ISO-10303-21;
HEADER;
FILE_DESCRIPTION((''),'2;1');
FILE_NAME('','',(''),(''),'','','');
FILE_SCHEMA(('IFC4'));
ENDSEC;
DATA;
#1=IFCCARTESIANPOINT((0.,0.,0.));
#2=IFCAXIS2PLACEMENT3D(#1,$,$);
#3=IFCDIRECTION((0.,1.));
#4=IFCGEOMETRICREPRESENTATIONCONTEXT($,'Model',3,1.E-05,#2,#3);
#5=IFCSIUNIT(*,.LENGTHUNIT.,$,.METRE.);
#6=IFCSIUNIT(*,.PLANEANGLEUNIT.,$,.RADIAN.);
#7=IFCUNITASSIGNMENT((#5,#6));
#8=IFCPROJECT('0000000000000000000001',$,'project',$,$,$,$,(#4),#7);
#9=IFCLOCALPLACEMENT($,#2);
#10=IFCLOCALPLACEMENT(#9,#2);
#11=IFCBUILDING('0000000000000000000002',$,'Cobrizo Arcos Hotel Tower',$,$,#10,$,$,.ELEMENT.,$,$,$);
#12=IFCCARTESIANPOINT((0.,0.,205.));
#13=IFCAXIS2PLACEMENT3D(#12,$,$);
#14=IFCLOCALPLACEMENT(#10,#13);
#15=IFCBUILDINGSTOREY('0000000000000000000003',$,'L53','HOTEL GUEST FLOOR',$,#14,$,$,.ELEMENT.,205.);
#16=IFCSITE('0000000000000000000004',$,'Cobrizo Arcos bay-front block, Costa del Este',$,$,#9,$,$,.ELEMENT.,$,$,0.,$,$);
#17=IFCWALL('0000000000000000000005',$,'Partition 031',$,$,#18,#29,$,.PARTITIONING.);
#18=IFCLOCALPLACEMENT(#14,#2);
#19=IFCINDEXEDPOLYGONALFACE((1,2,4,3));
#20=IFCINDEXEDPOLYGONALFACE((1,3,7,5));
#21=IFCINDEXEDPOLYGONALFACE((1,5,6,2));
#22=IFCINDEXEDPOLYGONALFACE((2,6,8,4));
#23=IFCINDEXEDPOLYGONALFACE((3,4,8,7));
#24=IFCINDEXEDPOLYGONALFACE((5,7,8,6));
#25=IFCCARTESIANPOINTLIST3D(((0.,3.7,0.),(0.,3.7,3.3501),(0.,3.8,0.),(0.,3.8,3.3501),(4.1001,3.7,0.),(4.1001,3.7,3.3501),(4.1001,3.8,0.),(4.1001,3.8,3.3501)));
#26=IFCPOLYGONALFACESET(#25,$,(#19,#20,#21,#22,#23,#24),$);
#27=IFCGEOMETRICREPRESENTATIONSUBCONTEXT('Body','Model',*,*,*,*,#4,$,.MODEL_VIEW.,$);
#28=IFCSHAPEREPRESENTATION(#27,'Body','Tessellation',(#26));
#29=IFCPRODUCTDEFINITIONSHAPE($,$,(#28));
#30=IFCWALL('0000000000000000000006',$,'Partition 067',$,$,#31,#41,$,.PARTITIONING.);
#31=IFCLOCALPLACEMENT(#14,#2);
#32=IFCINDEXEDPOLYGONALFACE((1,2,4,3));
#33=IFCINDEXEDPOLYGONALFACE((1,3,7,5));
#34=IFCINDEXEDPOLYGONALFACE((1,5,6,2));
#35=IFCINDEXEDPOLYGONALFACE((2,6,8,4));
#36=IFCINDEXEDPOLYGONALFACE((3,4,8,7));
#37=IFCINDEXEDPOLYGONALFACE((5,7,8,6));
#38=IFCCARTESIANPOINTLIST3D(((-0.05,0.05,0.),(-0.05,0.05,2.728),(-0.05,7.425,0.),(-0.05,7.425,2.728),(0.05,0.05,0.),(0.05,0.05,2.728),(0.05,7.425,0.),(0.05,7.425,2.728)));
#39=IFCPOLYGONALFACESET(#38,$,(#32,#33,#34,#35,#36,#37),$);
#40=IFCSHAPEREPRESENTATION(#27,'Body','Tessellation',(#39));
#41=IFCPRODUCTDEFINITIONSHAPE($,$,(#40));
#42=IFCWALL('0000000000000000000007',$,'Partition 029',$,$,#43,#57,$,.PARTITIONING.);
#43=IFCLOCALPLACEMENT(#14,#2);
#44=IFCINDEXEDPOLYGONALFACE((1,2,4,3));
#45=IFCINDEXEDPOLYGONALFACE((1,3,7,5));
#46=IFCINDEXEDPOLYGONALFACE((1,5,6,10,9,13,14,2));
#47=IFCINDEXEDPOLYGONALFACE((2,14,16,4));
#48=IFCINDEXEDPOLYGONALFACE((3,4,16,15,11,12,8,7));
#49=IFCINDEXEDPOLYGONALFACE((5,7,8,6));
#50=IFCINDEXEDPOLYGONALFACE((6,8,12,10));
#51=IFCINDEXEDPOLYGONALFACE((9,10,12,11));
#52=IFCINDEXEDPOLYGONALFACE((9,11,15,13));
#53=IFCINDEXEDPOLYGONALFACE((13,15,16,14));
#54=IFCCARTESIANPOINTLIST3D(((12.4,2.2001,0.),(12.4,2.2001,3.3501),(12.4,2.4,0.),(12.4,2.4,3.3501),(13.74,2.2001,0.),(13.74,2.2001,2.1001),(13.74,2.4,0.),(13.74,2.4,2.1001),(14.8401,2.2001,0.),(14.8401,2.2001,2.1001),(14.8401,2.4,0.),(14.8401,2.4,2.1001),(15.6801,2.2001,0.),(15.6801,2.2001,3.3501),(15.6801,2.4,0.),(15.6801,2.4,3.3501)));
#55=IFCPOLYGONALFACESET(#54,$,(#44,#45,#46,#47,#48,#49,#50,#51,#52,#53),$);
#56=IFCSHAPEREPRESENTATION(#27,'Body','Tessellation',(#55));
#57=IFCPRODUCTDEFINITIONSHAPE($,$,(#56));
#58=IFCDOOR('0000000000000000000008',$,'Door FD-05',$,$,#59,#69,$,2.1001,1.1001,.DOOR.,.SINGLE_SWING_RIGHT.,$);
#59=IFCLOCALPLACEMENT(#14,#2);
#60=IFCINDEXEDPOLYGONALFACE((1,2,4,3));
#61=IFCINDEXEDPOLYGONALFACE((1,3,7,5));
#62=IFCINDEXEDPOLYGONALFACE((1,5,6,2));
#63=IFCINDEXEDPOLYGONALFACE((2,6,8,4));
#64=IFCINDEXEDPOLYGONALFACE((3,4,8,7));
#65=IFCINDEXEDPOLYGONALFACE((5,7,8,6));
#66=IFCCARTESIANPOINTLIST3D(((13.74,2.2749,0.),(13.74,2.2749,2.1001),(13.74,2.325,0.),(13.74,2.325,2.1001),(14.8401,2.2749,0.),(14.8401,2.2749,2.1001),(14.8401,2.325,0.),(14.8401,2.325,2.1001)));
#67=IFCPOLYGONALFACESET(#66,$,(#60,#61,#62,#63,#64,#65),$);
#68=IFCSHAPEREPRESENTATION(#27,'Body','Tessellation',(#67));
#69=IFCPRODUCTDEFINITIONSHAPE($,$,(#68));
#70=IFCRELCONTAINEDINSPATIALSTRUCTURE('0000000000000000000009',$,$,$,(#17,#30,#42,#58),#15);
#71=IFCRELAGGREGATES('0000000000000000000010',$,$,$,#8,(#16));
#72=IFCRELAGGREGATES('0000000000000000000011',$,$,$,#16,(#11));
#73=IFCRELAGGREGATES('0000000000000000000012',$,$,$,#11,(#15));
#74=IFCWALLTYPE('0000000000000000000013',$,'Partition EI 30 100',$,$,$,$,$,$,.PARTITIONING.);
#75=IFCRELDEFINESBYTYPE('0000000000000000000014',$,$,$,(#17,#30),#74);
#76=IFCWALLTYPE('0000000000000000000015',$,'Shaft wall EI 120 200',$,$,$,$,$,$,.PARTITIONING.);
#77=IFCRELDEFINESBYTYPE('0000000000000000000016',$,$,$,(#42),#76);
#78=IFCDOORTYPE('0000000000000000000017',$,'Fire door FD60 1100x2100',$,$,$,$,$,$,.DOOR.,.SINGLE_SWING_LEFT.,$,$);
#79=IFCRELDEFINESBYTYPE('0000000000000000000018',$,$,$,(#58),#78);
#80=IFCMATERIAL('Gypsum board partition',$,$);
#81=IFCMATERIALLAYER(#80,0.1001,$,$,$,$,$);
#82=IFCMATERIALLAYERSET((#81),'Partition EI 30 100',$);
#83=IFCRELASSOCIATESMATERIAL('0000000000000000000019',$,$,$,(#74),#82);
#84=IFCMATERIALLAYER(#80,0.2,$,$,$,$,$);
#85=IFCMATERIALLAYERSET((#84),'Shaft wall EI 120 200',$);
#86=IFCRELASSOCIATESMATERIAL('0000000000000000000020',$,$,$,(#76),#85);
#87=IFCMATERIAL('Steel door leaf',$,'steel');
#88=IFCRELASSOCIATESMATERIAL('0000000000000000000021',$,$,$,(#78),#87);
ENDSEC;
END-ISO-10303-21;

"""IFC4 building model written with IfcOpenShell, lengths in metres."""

from ifc_helpers import new_model, si_unit, direction, frame, frame_2d, origin, place, context, subcontext, project, spatial, rectangle, extrude, material, layer, layer_set, type_object, element, fill, save


model = new_model("IFC4")

# Units and contexts
model_context = context("Model", 3, precision=1e-05, world=origin(), true_north=direction((0.0, 1.0)))
body_context = subcontext(model_context, "Body", "Model", "MODEL_VIEW")
ifc_project = project(units=[si_unit("LENGTHUNIT", "METRE"), si_unit("PLANEANGLEUNIT", "RADIAN")], contexts=[model_context])

# Site, building, storey
site_placement = place(None, origin())
site = spatial("IfcSite", under=ifc_project, at=site_placement, Name="Cobrizo Arcos bay-front block, Costa del Este", CompositionType="ELEMENT", RefElevation=0.0)
building_placement = place(site_placement, origin())
building = spatial("IfcBuilding", under=site, at=building_placement, Name="Cobrizo Arcos Hotel Tower", CompositionType="ELEMENT")
storey_placement = place(building_placement, frame((0.0, 0.0, 205.0)))
storey = spatial("IfcBuildingStorey", under=building, at=storey_placement, Name="L53", Description="HOTEL GUEST FLOOR", CompositionType="ELEMENT", Elevation=205.0)

# Walls
ifc_material_1 = material(Name="Gypsum board partition")
ifc_layer_1 = layer(ifc_material_1, 0.1001)
ifc_layer_set_1 = layer_set([ifc_layer_1], Name="Partition EI 30 100")
wall_type_1 = type_object("IfcWallType", Name="Partition EI 30 100", PredefinedType="PARTITIONING", material=ifc_layer_set_1)
wall_1_placement = place(storey_placement, frame((0.0, 3.75, 0.0), z_axis=(0.0, 0.0, 1.0), x_axis=(1.0, 0.0, 0.0)))
element("IfcWall", 1, at=wall_1_placement, inside=storey, type_object=wall_type_1, Name="Partition 031", PredefinedType="PARTITIONING", context=body_context, shape_type="SweptSolid", body=[
    extrude(rectangle(XDim=4.1001, YDim=0.1001, at=frame_2d((2.05, 0.0))), origin(), (0.0, 0.0, 1.0), 3.3501),
])
wall_2_placement = place(storey_placement, frame((0.0, 0.05, 0.0), z_axis=(0.0, 0.0, 1.0), x_axis=(0.0, 1.0, 0.0)))
element("IfcWall", 2, at=wall_2_placement, inside=storey, type_object=wall_type_1, Name="Partition 067", PredefinedType="PARTITIONING", context=body_context, shape_type="SweptSolid", body=[
    extrude(rectangle(XDim=7.375, YDim=0.1001, at=frame_2d((3.6875, 0.0))), origin(), (0.0, 0.0, 1.0), 2.728),
])

# Wall, opening, door
ifc_layer_2 = layer(ifc_material_1, 0.2)
ifc_layer_set_2 = layer_set([ifc_layer_2], Name="Shaft wall EI 120 200")
wall_type_2 = type_object("IfcWallType", Name="Shaft wall EI 120 200", PredefinedType="PARTITIONING", material=ifc_layer_set_2)
wall_3_placement = place(storey_placement, frame((12.3999, 2.3, 0.0), z_axis=(0.0, 0.0, 1.0), x_axis=(1.0, 0.0, 0.0)))
wall_3 = element("IfcWall", 3, at=wall_3_placement, inside=storey, type_object=wall_type_2, Name="Partition 029", PredefinedType="PARTITIONING", context=body_context, shape_type="SweptSolid", body=[
    extrude(rectangle(XDim=3.28, YDim=0.2, at=frame_2d((1.6401, 0.0))), origin(), (0.0, 0.0, 1.0), 3.3501),
])
opening_placement = place(wall_3_placement, frame((1.3401, 0.0, 0.0)))
opening = element("IfcOpeningElement", 4, at=opening_placement, cuts=wall_3, PredefinedType="OPENING", context=body_context, shape_type="SweptSolid", body=[
    extrude(rectangle(XDim=1.1001, YDim=2.1001, at=frame_2d((0.55, 1.05))), frame((0.0, 0.1121, 0.0), z_axis=(0.0, -1.0, 0.0), x_axis=(1.0, 0.0, 0.0)), (0.0, 0.0, 1.0), 0.2239),
])
ifc_material_2 = material(Name="Steel door leaf", Category="steel")
door_type = type_object("IfcDoorType", Name="Fire door FD60 1100x2100", OperationType="SINGLE_SWING_LEFT", PredefinedType="DOOR", material=ifc_material_2)
door_placement = place(opening_placement, origin())
door = element("IfcDoor", 5, at=door_placement, inside=storey, type_object=door_type, Name="Door FD-05", OperationType="SINGLE_SWING_RIGHT", OverallHeight=2.1001, OverallWidth=1.1001, PredefinedType="DOOR", context=body_context, shape_type="SweptSolid", body=[
    extrude(rectangle(XDim=1.1001, YDim=2.1001, at=frame_2d((0.55, 1.05))), frame((0.0, 0.0249, 0.0), z_axis=(0.0, -1.0, 0.0), x_axis=(1.0, 0.0, 0.0)), (0.0, 0.0, 1.0), 0.05),
])
fill(opening, door)

save(model, "model.ifc")
